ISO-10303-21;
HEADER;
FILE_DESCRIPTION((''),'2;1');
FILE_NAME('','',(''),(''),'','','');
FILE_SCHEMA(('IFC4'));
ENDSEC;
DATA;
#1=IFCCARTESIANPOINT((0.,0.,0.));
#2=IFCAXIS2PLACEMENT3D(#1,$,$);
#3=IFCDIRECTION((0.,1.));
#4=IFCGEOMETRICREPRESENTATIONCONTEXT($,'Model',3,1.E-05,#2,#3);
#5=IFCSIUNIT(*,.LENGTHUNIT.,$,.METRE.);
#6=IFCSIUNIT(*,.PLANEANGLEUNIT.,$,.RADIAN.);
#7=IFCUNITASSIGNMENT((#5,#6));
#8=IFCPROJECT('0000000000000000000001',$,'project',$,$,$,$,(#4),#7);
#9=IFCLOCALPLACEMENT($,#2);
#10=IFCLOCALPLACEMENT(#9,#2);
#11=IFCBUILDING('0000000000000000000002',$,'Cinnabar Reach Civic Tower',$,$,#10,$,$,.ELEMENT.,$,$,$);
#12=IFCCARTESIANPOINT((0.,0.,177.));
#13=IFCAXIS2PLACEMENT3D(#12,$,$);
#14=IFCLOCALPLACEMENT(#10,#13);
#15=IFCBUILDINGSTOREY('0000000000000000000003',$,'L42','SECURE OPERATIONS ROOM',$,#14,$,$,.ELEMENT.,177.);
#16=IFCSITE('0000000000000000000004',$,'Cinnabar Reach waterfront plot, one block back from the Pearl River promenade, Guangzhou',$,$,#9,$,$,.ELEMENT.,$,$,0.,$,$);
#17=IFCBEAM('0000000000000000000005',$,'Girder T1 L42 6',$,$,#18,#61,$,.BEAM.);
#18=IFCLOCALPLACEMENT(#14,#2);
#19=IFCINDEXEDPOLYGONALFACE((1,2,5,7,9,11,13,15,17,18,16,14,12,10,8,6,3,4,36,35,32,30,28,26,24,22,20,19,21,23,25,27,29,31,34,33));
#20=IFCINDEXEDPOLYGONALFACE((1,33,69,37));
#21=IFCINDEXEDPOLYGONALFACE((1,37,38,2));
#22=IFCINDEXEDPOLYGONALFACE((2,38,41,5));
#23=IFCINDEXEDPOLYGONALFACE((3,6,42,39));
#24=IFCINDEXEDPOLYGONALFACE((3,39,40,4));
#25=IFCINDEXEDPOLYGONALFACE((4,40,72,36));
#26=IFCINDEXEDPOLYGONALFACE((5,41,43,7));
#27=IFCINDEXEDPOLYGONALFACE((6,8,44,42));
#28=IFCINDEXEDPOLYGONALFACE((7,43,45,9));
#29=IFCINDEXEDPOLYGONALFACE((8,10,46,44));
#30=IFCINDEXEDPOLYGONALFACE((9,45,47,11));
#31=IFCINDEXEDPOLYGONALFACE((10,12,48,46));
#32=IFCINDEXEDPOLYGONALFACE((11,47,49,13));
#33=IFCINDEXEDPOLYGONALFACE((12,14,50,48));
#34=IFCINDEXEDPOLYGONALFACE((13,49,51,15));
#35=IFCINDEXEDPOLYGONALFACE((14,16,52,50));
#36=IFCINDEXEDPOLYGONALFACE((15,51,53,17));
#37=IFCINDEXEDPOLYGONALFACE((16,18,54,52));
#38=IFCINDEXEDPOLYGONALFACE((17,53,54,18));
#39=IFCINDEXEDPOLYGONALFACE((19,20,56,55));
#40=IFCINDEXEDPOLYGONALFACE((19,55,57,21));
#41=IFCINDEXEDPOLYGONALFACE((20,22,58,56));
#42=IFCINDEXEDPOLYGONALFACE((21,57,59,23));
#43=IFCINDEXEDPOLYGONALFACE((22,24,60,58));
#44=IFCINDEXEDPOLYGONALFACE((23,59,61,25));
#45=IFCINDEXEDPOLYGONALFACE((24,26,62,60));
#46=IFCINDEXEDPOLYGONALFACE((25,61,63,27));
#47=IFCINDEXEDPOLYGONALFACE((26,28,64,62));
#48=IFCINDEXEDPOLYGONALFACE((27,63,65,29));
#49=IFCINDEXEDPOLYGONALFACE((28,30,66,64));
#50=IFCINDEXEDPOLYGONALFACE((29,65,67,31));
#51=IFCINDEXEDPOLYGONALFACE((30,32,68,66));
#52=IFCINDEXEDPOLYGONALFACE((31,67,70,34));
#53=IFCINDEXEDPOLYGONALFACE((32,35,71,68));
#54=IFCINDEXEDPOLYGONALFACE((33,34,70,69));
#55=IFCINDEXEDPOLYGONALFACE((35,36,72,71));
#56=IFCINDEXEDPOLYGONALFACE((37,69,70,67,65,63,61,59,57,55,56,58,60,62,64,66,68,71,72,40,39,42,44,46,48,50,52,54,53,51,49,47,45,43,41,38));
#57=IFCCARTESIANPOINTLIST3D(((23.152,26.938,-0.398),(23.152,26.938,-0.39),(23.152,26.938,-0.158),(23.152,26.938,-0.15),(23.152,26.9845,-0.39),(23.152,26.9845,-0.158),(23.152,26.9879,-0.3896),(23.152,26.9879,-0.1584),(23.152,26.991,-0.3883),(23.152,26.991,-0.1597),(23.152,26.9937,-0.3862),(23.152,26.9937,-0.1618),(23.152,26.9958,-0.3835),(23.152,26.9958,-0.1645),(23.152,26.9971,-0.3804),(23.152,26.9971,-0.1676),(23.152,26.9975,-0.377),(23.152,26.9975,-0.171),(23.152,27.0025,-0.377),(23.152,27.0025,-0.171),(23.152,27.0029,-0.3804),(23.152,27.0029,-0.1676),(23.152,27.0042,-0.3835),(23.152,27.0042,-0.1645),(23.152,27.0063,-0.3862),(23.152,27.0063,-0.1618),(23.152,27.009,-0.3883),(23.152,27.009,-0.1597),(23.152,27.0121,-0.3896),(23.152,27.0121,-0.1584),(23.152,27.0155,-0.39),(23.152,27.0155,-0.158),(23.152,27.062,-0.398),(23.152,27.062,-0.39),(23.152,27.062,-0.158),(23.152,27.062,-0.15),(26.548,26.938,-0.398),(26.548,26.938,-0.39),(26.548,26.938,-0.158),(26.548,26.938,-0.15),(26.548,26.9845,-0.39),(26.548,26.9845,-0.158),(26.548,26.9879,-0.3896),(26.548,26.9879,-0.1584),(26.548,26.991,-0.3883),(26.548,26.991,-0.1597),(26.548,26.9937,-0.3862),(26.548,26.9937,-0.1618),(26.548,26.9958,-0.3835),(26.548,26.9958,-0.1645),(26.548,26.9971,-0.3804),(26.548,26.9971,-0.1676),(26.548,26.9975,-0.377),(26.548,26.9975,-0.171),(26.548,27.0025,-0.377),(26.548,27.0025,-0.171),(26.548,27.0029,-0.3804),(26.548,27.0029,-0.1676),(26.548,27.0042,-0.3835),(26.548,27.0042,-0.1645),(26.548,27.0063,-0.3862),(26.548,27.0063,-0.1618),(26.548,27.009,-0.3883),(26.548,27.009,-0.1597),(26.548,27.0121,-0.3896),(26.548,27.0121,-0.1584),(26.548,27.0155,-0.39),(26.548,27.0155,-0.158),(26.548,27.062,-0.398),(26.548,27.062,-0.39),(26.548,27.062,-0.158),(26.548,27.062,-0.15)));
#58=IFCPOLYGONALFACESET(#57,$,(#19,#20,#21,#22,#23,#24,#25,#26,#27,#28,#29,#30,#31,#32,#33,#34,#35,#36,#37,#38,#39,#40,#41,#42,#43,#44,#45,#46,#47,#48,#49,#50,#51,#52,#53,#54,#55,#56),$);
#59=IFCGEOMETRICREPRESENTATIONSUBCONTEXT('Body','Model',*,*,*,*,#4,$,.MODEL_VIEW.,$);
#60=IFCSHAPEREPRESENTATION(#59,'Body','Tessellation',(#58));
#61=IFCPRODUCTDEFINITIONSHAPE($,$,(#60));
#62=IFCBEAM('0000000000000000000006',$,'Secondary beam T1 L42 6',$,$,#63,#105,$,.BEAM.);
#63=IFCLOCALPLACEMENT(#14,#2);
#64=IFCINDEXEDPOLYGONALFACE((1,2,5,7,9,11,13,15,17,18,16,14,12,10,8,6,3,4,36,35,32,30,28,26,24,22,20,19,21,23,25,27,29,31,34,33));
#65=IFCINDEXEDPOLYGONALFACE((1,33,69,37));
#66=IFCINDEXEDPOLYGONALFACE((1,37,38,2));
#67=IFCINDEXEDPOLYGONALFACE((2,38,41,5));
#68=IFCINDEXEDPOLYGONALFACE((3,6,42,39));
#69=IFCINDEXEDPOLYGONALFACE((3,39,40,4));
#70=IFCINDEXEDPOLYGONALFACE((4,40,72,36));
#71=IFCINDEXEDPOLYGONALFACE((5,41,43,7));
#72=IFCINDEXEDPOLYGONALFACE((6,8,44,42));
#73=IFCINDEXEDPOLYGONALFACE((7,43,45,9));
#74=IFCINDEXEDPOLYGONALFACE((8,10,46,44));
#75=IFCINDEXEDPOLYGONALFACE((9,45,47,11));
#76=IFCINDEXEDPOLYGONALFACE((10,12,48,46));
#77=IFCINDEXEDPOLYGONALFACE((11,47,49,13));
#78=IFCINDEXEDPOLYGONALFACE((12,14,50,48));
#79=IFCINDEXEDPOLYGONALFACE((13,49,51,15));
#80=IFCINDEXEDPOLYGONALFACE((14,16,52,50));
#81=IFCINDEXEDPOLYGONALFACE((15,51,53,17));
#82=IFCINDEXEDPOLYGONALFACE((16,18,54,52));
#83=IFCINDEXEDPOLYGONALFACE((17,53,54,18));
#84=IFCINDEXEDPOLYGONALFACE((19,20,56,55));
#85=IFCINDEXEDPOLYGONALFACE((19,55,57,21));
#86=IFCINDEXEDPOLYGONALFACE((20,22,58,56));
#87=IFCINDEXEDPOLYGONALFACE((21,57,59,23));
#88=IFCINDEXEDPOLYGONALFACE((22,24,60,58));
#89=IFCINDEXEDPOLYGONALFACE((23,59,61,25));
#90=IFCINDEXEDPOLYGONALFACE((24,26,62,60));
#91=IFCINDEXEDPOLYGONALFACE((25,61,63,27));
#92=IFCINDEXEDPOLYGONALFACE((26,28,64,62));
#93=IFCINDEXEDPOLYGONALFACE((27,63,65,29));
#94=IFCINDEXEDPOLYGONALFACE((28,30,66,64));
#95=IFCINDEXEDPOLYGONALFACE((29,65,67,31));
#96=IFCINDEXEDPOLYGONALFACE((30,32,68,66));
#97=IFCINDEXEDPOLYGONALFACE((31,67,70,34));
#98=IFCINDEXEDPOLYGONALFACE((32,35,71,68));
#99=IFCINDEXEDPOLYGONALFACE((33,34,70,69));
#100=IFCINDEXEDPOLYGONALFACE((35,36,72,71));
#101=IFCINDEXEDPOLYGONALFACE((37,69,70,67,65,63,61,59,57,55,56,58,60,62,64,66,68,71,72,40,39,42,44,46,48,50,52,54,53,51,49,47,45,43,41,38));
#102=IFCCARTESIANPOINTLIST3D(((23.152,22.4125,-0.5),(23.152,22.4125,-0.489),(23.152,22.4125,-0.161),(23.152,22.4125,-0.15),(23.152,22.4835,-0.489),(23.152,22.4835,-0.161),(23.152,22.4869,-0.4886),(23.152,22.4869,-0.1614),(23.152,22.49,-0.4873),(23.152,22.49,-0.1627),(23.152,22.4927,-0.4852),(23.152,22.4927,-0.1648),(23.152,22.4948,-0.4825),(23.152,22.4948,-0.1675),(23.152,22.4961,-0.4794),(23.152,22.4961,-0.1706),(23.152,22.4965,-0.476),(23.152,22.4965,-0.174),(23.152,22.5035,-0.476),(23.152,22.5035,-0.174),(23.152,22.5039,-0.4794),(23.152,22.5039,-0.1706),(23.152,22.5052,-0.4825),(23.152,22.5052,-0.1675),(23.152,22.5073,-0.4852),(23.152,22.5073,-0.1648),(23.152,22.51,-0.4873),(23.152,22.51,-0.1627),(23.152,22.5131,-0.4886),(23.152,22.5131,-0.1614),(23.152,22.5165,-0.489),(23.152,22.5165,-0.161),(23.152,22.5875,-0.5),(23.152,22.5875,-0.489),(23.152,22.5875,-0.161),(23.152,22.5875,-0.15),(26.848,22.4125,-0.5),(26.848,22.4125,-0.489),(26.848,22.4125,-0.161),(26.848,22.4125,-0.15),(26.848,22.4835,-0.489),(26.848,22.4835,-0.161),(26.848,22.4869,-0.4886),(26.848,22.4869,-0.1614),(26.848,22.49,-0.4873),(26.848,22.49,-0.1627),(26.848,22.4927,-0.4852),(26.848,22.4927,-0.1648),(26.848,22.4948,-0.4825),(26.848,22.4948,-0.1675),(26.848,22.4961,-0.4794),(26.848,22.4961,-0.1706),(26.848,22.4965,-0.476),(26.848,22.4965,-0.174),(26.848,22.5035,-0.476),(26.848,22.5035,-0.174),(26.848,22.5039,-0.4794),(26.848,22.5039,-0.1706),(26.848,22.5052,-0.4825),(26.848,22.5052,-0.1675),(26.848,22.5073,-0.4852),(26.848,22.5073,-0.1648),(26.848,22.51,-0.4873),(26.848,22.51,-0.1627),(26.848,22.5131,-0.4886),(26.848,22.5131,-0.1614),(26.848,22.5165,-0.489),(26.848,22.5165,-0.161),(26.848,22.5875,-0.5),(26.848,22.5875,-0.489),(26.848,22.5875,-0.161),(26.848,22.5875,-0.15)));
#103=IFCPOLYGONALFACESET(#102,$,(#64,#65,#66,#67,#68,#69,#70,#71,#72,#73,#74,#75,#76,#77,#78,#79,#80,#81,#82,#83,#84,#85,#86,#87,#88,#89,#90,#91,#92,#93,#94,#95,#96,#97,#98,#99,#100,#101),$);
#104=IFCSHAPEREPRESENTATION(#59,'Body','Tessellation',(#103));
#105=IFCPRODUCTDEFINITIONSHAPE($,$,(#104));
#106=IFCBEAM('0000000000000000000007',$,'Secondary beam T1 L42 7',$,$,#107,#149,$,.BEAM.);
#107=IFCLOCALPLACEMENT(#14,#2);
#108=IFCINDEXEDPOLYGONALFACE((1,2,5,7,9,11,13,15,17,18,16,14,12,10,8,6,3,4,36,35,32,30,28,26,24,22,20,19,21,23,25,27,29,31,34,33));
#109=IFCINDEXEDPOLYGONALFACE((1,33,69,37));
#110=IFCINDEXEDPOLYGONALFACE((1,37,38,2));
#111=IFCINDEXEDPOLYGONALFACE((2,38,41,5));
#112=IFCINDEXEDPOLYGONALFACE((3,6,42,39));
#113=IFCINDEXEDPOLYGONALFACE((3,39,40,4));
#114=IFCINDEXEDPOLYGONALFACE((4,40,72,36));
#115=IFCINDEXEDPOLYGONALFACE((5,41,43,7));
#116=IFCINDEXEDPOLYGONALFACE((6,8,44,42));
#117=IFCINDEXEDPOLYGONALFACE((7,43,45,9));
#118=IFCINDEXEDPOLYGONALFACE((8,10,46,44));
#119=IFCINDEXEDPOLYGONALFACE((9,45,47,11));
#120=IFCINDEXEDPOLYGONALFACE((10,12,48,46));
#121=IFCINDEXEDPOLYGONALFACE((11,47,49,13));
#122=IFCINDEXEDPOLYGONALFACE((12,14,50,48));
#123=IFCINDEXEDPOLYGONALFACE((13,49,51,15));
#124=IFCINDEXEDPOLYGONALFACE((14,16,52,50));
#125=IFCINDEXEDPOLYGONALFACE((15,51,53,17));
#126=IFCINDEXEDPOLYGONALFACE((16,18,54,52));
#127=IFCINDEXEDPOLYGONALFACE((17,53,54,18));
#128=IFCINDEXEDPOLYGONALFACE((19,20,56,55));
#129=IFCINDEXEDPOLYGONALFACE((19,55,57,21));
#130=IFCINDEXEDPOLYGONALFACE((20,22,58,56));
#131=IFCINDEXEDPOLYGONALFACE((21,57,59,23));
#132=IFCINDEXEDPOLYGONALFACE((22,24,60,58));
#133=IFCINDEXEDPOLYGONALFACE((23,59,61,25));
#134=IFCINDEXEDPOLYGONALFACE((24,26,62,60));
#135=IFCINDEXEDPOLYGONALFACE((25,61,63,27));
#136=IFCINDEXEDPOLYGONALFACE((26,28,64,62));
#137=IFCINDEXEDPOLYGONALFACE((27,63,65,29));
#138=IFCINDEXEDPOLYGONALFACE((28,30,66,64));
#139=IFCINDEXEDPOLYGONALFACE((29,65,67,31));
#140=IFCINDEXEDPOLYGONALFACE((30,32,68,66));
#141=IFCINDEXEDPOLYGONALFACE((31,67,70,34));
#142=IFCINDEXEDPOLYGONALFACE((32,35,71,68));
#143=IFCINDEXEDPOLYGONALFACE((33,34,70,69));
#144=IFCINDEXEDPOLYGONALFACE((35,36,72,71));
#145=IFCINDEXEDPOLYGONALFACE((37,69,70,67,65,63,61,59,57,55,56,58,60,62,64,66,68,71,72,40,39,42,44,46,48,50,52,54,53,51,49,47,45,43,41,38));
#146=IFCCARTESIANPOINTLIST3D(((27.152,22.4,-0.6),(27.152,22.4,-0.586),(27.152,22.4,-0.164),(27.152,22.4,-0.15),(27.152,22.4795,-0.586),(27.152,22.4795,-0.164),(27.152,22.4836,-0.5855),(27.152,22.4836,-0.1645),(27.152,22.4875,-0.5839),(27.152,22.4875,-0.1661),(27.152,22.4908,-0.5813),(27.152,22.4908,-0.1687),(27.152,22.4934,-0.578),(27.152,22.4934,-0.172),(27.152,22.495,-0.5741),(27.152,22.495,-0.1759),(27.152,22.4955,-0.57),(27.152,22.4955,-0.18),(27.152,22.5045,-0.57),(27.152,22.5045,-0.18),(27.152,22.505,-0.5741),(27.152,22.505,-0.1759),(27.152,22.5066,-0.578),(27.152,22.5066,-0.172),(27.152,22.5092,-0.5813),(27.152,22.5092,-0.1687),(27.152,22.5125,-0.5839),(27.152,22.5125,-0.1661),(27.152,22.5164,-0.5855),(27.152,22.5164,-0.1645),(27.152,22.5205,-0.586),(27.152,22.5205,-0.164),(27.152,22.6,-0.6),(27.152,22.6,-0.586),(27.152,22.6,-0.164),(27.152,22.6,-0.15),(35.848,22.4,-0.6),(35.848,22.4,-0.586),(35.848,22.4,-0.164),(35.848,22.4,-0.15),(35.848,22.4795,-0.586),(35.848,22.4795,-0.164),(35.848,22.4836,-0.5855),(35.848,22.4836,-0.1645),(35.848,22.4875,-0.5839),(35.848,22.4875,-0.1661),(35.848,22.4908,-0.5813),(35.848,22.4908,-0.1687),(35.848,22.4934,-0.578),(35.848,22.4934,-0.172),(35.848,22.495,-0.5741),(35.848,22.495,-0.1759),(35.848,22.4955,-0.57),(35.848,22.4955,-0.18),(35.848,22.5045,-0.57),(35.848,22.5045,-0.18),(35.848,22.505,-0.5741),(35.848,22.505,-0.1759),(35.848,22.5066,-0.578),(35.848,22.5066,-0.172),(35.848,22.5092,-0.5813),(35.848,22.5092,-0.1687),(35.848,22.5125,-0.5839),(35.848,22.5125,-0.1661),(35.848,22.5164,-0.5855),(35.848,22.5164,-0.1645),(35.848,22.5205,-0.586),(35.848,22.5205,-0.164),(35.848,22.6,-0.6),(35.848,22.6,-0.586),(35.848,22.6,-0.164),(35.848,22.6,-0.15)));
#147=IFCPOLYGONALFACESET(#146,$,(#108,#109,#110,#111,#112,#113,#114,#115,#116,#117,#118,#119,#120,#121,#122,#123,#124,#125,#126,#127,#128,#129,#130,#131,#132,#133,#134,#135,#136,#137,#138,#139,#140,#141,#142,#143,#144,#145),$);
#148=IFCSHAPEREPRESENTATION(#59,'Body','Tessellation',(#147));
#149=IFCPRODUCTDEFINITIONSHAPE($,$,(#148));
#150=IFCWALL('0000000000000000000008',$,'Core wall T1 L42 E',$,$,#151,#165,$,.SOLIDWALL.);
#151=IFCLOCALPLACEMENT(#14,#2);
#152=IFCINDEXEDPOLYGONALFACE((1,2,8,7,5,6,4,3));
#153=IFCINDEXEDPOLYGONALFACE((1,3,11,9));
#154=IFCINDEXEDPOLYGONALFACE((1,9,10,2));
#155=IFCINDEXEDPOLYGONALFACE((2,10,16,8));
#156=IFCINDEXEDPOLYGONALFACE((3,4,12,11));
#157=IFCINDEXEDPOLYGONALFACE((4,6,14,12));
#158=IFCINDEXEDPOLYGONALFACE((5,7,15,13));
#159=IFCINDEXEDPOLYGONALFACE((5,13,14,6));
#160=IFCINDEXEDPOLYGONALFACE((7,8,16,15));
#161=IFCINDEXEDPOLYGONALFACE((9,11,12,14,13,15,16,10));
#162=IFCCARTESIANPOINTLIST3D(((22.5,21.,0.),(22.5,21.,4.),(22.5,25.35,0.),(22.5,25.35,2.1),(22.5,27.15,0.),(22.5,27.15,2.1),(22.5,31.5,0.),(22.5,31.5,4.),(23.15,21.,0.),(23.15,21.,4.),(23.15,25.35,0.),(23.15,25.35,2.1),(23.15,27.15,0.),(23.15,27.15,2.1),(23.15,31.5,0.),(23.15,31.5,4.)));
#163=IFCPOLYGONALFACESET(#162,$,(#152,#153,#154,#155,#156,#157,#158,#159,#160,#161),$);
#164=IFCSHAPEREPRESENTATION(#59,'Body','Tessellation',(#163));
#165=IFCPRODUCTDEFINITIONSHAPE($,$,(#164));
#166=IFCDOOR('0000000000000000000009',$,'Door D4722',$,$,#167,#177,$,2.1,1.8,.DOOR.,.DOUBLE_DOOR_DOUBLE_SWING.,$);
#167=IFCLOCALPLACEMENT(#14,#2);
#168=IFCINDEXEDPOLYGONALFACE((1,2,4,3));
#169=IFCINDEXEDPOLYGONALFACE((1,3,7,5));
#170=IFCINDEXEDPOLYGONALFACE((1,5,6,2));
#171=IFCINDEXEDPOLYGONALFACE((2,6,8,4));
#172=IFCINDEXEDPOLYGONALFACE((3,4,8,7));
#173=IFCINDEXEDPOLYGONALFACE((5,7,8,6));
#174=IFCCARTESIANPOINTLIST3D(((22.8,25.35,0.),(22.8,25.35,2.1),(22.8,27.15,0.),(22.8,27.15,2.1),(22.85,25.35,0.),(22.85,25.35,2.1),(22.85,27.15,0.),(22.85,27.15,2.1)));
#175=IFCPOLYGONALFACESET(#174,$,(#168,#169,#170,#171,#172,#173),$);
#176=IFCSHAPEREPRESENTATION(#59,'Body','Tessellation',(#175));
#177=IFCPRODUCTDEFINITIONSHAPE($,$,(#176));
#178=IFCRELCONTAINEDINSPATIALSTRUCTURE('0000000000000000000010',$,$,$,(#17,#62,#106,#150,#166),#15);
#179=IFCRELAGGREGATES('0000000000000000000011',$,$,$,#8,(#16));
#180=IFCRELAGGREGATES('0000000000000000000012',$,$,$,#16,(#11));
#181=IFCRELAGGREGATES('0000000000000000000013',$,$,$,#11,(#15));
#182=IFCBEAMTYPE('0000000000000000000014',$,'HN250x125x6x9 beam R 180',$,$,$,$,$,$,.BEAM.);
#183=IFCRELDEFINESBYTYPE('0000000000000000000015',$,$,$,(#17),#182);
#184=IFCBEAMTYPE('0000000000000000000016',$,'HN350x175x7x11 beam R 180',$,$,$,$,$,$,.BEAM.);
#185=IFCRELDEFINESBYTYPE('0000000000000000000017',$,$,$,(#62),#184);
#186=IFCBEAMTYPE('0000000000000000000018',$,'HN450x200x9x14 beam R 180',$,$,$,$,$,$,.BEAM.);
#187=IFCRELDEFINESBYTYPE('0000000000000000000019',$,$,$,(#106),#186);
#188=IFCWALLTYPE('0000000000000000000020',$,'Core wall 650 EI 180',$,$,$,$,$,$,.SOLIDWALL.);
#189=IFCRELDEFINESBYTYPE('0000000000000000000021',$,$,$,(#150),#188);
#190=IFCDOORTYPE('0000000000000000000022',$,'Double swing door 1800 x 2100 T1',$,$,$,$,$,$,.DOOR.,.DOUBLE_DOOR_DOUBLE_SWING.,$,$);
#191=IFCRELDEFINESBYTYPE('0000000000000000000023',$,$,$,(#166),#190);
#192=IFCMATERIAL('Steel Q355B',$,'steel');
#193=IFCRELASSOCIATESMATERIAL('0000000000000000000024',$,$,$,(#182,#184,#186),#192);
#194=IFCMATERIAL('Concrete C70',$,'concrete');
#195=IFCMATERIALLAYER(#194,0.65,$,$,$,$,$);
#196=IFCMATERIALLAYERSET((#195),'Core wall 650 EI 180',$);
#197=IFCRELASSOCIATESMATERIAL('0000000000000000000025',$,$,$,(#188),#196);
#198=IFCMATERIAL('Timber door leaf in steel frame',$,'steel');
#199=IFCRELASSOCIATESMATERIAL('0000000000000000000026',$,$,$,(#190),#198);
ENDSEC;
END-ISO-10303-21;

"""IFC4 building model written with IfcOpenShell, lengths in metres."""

from ifc_helpers import new_model, si_unit, direction, frame, frame_2d, origin, origin_2d, place, context, subcontext, project, spatial, rectangle, i_section, extrude, material, layer, layer_set, material_profile, profile_set, type_object, element, fill, save


model = new_model("IFC4")

# Units and contexts
model_context = context("Model", 3, precision=1e-05, world=origin(), true_north=direction((0.0, 1.0)))
body_context = subcontext(model_context, "Body", "Model", "MODEL_VIEW")
ifc_project = project(units=[si_unit("LENGTHUNIT", "METRE"), si_unit("PLANEANGLEUNIT", "RADIAN")], contexts=[model_context])

# Site, building, storey
site_placement = place(None, origin())
site = spatial("IfcSite", under=ifc_project, at=site_placement, Name="Cinnabar Reach waterfront plot, one block back from the Pearl River promenade, Guangzhou", CompositionType="ELEMENT", RefElevation=0.0)
building_placement = place(site_placement, origin())
building = spatial("IfcBuilding", under=site, at=building_placement, Name="Cinnabar Reach Civic Tower", CompositionType="ELEMENT")
storey_placement = place(building_placement, frame((0.0, 0.0, 177.0)))
storey = spatial("IfcBuildingStorey", under=building, at=storey_placement, Name="L42", Description="SECURE OPERATIONS ROOM", CompositionType="ELEMENT", Elevation=177.0)

# Shared definitions
ifc_material_1 = material(Name="Concrete C70", Category="concrete")

# Beams
ifc_material_2 = material(Name="Steel Q355B", Category="steel")
ifc_material_profile_1 = material_profile(ifc_material_2, i_section(OverallWidth=0.124, OverallDepth=0.248, WebThickness=0.005, FlangeThickness=0.008, FilletRadius=0.013, at=origin_2d()), Name="HN250x125x6x9")
ifc_profile_set_1 = profile_set([ifc_material_profile_1], Name="Steel Q355B")
beam_type_1 = type_object("IfcBeamType", Name="HN250x125x6x9 beam R 180", PredefinedType="BEAM", material=ifc_profile_set_1)
beam_1_placement = place(storey_placement, frame((23.152, 27.0, -0.274), z_axis=(1.0, 0.0, 0.0), x_axis=(0.0, 1.0, 0.0)))
element("IfcBeam", 1, at=beam_1_placement, inside=storey, type_object=beam_type_1, Name="Girder T1 L42 6", PredefinedType="BEAM", context=body_context, shape_type="SweptSolid", body=[
    extrude(i_section(OverallWidth=0.124, OverallDepth=0.248, WebThickness=0.005, FlangeThickness=0.008, FilletRadius=0.013, at=origin_2d()), origin(), (0.0, 0.0, 1.0), 3.396),
])
ifc_material_profile_2 = material_profile(ifc_material_2, i_section(OverallWidth=0.175, OverallDepth=0.35, WebThickness=0.007, FlangeThickness=0.011, FilletRadius=0.013, at=origin_2d()), Name="HN350x175x7x11")
ifc_profile_set_2 = profile_set([ifc_material_profile_2], Name="Steel Q355B")
beam_type_2 = type_object("IfcBeamType", Name="HN350x175x7x11 beam R 180", PredefinedType="BEAM", material=ifc_profile_set_2)
beam_2_placement = place(storey_placement, frame((23.152, 22.5, -0.325), z_axis=(1.0, 0.0, 0.0), x_axis=(0.0, 1.0, 0.0)))
element("IfcBeam", 2, at=beam_2_placement, inside=storey, type_object=beam_type_2, Name="Secondary beam T1 L42 6", PredefinedType="BEAM", context=body_context, shape_type="SweptSolid", body=[
    extrude(i_section(OverallWidth=0.175, OverallDepth=0.35, WebThickness=0.007, FlangeThickness=0.011, FilletRadius=0.013, at=origin_2d()), origin(), (0.0, 0.0, 1.0), 3.696),
])
ifc_material_profile_3 = material_profile(ifc_material_2, i_section(OverallWidth=0.2, OverallDepth=0.45, WebThickness=0.009, FlangeThickness=0.014, FilletRadius=0.016, at=origin_2d()), Name="HN450x200x9x14")
ifc_profile_set_3 = profile_set([ifc_material_profile_3], Name="Steel Q355B")
beam_type_3 = type_object("IfcBeamType", Name="HN450x200x9x14 beam R 180", PredefinedType="BEAM", material=ifc_profile_set_3)
beam_3_placement = place(storey_placement, frame((27.152, 22.5, -0.375), z_axis=(1.0, 0.0, 0.0), x_axis=(0.0, 1.0, 0.0)))
element("IfcBeam", 3, at=beam_3_placement, inside=storey, type_object=beam_type_3, Name="Secondary beam T1 L42 7", PredefinedType="BEAM", context=body_context, shape_type="SweptSolid", body=[
    extrude(i_section(OverallWidth=0.2, OverallDepth=0.45, WebThickness=0.009, FlangeThickness=0.014, FilletRadius=0.016, at=origin_2d()), origin(), (0.0, 0.0, 1.0), 8.696),
])

# Wall, opening, door
ifc_layer_1 = layer(ifc_material_1, 0.65)
ifc_layer_set_1 = layer_set([ifc_layer_1], Name="Core wall 650 EI 180")
wall_type_1 = type_object("IfcWallType", Name="Core wall 650 EI 180", PredefinedType="SOLIDWALL", material=ifc_layer_set_1)
wall_1_placement = place(storey_placement, frame((22.825, 21.0, 0.0), z_axis=(0.0, 0.0, 1.0), x_axis=(0.0, 1.0, 0.0)))
wall_1 = element("IfcWall", 4, at=wall_1_placement, inside=storey, type_object=wall_type_1, Name="Core wall T1 L42 E", PredefinedType="SOLIDWALL", context=body_context, shape_type="SweptSolid", body=[
    extrude(rectangle(XDim=10.5, YDim=0.65, at=frame_2d((5.25, 0.0))), origin(), (0.0, 0.0, 1.0), 4.0),
])
opening_1_placement = place(wall_1_placement, frame((4.35, 0.0, 0.0)))
opening_1 = element("IfcOpeningElement", 5, at=opening_1_placement, cuts=wall_1, PredefinedType="OPENING", context=body_context, shape_type="SweptSolid", body=[
    extrude(rectangle(XDim=1.8, YDim=2.1, at=frame_2d((0.9, 1.05))), frame((0.0, 0.335, 0.0), z_axis=(0.0, -1.0, 0.0), x_axis=(1.0, 0.0, 0.0)), (0.0, 0.0, 1.0), 0.67),
])
ifc_material_3 = material(Name="Timber door leaf in steel frame", Category="steel")
door_type_1 = type_object("IfcDoorType", Name="Double swing door 1800 x 2100 T1", OperationType="DOUBLE_DOOR_DOUBLE_SWING", PredefinedType="DOOR", material=ifc_material_3)
door_1_placement = place(opening_1_placement, origin())
door_1 = element("IfcDoor", 6, at=door_1_placement, inside=storey, type_object=door_type_1, Name="Door D4722", OperationType="DOUBLE_DOOR_DOUBLE_SWING", OverallHeight=2.1, OverallWidth=1.8, PredefinedType="DOOR", context=body_context, shape_type="SweptSolid", body=[
    extrude(rectangle(XDim=1.8, YDim=2.1, at=frame_2d((0.9, 1.05))), frame((0.0, 0.025, 0.0), z_axis=(0.0, -1.0, 0.0), x_axis=(1.0, 0.0, 0.0)), (0.0, 0.0, 1.0), 0.05),
])
fill(opening_1, door_1)

save(model, "model.ifc")
